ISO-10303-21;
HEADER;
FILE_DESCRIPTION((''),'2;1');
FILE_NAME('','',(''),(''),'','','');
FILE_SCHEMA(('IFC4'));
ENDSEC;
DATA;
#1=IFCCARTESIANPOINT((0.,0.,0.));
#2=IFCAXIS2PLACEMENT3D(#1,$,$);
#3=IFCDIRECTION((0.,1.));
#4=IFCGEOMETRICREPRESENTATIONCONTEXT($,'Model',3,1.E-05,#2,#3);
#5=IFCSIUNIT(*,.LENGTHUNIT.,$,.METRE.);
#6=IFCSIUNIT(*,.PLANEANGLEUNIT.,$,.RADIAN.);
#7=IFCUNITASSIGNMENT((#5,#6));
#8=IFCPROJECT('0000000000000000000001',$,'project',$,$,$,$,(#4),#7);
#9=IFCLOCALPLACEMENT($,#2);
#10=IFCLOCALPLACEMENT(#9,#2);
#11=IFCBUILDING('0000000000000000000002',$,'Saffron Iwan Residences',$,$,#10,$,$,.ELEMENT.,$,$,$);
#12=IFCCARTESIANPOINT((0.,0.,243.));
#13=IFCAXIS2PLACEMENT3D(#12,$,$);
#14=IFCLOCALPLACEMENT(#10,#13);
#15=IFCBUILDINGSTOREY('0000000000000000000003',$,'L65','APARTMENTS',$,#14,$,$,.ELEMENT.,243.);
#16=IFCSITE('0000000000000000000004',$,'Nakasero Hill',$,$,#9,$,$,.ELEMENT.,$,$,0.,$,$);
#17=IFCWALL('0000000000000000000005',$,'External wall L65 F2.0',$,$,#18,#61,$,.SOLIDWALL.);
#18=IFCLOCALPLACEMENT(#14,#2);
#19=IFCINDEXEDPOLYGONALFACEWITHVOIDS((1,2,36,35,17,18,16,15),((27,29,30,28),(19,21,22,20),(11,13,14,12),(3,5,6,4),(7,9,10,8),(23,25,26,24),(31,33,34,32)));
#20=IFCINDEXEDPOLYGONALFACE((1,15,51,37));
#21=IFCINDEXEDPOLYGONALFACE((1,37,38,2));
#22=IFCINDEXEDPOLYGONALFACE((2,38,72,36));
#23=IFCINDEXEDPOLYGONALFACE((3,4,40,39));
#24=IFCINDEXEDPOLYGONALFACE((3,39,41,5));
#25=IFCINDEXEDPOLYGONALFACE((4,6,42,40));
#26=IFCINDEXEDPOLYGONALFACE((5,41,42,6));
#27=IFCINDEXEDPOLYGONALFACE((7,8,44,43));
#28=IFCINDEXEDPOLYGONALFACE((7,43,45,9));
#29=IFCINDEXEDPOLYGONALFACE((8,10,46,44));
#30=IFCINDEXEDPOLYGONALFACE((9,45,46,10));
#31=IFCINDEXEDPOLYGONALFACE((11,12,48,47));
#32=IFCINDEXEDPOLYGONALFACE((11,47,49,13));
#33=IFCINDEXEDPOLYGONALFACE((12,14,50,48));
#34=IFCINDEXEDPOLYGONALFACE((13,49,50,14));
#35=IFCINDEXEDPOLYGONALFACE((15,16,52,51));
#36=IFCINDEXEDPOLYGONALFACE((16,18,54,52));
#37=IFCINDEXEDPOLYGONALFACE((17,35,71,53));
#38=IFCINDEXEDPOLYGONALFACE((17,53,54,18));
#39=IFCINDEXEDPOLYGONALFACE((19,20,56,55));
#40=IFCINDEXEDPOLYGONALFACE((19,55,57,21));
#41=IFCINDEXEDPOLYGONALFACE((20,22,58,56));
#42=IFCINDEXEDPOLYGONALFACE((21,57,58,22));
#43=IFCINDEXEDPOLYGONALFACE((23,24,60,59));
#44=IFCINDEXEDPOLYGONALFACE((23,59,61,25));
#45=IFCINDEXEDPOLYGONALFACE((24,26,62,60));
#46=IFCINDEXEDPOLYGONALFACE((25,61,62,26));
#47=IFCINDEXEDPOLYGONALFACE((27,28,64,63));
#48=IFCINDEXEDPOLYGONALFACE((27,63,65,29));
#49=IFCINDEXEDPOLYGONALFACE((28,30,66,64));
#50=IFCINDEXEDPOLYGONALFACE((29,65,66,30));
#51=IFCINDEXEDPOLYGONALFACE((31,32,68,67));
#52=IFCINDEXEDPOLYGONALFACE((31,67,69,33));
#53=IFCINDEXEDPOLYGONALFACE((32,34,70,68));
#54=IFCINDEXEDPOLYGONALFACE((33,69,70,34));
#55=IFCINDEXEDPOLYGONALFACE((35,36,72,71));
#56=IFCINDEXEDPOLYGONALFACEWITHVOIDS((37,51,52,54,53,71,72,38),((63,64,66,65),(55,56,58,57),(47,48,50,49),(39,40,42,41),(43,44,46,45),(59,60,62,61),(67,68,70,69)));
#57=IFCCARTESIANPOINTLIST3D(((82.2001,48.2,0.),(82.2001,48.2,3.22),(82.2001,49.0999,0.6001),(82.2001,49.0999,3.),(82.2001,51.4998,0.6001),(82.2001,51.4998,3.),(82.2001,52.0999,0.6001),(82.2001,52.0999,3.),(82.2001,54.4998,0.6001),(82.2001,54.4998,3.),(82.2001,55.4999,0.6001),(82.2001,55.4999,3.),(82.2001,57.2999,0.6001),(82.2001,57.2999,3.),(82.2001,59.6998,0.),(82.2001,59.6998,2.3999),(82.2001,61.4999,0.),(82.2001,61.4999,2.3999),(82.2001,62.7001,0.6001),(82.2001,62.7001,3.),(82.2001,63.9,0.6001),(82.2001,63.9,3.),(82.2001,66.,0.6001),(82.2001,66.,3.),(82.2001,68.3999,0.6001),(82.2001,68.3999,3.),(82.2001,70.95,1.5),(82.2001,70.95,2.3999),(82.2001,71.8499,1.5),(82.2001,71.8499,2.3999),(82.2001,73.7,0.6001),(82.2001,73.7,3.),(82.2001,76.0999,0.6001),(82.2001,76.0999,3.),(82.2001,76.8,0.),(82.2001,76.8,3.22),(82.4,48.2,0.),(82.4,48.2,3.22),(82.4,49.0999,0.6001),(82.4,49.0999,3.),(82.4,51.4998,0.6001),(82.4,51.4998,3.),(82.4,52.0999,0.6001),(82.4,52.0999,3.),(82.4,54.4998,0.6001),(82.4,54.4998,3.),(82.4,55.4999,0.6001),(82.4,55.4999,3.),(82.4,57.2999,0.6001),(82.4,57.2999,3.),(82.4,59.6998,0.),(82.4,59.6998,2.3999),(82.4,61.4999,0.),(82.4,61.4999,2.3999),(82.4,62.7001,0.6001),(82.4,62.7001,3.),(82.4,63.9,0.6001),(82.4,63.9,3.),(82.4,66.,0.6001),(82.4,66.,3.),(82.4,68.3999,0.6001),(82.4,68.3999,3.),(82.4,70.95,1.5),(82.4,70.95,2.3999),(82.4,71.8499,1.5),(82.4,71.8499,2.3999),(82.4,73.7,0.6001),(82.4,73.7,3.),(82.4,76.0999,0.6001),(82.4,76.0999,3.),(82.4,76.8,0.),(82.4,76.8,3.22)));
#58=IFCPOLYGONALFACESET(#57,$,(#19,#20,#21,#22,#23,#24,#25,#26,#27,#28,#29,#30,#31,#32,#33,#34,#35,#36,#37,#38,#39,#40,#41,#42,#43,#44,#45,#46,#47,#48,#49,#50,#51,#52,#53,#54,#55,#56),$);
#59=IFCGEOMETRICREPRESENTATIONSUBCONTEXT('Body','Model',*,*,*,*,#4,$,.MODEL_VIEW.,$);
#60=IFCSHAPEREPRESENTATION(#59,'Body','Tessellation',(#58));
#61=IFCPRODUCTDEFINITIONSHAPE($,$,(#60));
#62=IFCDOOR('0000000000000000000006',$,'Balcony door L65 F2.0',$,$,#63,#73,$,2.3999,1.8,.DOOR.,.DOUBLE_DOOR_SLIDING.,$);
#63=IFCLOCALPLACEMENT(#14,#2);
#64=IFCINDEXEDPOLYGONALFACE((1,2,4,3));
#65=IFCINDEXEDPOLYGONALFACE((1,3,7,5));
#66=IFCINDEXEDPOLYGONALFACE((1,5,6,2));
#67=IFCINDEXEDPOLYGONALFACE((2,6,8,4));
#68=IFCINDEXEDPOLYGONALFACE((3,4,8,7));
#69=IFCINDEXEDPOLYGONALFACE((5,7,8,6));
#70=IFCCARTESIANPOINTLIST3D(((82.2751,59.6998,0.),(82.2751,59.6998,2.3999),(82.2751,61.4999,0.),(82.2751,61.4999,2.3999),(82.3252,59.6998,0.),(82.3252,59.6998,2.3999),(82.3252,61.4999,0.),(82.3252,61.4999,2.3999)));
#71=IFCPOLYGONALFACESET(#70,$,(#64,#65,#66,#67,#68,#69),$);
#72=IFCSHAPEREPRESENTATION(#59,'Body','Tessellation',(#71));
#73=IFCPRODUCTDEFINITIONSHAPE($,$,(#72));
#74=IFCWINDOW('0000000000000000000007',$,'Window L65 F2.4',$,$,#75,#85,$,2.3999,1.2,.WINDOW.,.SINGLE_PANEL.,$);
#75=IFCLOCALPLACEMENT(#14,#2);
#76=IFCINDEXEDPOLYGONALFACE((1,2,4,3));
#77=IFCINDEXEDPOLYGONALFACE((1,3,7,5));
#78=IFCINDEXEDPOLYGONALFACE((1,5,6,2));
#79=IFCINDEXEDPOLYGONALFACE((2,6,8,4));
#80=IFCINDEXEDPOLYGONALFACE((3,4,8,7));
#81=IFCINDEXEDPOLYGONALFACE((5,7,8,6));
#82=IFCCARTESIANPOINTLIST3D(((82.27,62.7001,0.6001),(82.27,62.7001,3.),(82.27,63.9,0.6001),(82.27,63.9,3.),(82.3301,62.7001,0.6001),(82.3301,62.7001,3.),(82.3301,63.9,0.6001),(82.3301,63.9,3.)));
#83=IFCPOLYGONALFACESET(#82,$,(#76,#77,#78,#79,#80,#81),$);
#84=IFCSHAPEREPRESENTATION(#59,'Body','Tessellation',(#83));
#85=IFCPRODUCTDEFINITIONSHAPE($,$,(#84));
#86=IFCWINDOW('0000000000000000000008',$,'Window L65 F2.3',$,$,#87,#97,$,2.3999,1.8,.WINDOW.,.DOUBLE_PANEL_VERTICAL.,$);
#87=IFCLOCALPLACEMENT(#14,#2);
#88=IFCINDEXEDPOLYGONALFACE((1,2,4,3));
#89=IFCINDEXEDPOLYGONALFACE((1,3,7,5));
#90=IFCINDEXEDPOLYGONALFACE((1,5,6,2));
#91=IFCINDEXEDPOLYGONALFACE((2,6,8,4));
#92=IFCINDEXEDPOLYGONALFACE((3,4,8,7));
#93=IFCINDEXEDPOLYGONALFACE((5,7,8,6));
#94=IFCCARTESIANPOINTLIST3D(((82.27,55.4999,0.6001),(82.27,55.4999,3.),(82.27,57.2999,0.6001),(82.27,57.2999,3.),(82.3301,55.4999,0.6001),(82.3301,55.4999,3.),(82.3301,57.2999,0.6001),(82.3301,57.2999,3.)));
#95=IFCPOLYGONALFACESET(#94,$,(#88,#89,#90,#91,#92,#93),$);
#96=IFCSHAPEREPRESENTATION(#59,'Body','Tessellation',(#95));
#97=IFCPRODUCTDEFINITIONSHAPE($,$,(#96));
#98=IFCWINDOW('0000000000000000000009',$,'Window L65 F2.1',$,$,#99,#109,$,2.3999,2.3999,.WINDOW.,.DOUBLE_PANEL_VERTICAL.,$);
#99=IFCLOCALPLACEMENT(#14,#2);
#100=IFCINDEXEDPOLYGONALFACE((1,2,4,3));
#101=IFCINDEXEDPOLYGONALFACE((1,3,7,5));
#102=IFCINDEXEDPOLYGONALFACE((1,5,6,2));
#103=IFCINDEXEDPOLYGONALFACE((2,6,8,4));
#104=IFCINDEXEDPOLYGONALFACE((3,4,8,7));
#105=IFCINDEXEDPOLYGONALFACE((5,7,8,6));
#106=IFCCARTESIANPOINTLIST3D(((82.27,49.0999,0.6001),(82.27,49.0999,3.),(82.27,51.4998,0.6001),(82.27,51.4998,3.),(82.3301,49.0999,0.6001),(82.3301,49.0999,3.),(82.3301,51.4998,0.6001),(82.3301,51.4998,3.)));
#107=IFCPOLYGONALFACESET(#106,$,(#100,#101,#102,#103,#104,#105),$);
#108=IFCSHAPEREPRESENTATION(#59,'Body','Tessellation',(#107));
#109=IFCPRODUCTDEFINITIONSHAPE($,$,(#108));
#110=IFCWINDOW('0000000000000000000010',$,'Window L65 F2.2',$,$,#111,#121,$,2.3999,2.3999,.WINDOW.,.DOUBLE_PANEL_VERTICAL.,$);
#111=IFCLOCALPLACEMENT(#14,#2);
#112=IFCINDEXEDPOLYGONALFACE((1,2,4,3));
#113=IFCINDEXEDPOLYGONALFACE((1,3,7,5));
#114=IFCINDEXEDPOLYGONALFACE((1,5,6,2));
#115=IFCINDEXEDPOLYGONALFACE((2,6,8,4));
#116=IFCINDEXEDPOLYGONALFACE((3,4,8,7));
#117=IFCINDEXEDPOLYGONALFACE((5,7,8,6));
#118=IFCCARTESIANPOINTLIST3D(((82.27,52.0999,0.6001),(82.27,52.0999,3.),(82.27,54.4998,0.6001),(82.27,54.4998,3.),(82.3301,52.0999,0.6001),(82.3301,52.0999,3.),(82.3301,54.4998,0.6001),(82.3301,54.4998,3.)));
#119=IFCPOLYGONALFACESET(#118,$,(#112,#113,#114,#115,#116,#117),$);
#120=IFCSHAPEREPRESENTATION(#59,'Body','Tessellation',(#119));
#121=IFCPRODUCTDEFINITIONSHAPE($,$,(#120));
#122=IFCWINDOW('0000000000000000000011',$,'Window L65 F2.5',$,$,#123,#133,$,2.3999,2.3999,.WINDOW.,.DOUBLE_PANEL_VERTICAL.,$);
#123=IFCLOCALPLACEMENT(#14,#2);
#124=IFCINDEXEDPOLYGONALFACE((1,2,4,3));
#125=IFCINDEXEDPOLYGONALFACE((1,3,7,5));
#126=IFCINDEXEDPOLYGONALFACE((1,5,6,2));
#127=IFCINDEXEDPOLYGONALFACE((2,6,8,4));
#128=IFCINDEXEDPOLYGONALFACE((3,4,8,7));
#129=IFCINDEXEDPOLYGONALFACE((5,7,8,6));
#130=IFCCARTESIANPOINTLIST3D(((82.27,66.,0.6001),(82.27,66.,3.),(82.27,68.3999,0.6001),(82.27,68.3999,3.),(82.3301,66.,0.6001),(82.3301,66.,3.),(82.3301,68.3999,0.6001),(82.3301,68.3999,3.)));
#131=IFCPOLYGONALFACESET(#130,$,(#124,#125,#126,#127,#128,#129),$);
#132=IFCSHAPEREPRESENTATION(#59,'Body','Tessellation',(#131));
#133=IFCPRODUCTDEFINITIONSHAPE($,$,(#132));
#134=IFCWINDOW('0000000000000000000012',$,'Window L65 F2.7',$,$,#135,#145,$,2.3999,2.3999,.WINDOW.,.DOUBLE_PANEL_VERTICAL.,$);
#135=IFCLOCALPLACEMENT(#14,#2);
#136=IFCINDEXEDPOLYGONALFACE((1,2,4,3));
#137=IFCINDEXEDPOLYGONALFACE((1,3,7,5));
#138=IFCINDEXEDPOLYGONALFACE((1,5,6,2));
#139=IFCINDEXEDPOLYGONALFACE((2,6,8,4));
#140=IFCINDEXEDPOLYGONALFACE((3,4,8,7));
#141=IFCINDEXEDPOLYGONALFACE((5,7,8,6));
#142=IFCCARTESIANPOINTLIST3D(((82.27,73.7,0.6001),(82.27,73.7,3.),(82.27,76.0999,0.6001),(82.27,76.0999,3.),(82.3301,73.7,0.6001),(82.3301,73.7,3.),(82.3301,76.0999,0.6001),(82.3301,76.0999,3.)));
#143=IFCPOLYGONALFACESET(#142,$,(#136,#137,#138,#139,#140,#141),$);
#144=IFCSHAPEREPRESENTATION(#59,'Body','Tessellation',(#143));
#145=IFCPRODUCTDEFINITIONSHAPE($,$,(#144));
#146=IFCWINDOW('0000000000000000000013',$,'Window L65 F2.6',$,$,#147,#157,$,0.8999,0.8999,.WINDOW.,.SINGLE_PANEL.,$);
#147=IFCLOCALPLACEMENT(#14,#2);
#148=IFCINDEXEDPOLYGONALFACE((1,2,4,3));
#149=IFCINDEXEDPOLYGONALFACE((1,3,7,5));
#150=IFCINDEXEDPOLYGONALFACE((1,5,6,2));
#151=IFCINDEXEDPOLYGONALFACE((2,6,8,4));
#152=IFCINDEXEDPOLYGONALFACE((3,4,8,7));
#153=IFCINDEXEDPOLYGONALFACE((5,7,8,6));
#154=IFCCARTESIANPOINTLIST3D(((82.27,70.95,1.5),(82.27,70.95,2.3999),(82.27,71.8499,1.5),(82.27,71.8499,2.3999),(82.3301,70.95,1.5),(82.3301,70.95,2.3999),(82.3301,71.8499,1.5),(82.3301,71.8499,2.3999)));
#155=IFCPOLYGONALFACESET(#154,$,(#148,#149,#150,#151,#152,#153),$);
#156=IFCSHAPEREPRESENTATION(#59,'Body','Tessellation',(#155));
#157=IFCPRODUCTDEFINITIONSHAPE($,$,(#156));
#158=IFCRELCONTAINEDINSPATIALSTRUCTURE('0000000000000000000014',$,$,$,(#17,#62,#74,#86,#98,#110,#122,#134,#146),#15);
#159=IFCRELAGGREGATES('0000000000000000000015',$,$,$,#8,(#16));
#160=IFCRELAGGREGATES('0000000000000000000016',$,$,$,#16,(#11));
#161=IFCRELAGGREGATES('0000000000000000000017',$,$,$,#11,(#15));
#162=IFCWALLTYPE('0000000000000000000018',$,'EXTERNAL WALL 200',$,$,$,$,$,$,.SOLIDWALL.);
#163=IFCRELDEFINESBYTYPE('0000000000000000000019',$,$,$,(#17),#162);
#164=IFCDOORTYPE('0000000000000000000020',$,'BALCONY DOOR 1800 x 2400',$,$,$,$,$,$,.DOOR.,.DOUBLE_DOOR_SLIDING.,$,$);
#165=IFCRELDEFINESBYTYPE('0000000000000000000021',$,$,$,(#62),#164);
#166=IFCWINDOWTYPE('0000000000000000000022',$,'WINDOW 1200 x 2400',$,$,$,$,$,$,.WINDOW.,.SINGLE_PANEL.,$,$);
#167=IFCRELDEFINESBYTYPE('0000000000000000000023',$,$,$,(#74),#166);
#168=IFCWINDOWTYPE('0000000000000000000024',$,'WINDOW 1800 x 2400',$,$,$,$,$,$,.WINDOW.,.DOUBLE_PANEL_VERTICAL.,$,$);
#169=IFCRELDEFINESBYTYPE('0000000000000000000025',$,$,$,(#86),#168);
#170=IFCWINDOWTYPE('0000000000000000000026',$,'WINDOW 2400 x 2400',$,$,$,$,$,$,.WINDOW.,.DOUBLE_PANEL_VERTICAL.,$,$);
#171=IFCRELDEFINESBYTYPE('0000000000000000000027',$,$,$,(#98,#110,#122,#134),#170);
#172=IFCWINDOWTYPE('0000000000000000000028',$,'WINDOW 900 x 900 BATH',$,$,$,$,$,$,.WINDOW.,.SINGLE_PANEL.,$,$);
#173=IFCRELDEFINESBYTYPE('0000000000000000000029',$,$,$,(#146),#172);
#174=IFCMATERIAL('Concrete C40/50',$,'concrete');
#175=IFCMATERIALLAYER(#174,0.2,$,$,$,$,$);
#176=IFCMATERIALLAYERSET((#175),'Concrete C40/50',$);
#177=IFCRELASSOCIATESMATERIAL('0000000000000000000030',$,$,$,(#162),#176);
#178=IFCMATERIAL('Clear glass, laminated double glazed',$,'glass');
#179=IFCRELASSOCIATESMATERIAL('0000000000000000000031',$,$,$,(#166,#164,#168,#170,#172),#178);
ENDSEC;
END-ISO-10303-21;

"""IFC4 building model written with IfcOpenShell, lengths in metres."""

from ifc_helpers import new_model, si_unit, direction, frame, frame_2d, origin, place, context, subcontext, project, spatial, rectangle, extrude, material, layer, layer_set, type_object, element, fill, save


model = new_model("IFC4")

# Units and contexts
model_context = context("Model", 3, precision=1e-05, world=origin(), true_north=direction((0.0, 1.0)))
body_context = subcontext(model_context, "Body", "Model", "MODEL_VIEW")
ifc_project = project(units=[si_unit("LENGTHUNIT", "METRE"), si_unit("PLANEANGLEUNIT", "RADIAN")], contexts=[model_context])

# Site, building, storey
site_placement = place(None, origin())
site = spatial("IfcSite", under=ifc_project, at=site_placement, Name="Nakasero Hill", CompositionType="ELEMENT", RefElevation=0.0)
building_placement = place(site_placement, origin())
building = spatial("IfcBuilding", under=site, at=building_placement, Name="Saffron Iwan Residences", CompositionType="ELEMENT")
storey_placement = place(building_placement, frame((0.0, 0.0, 243.0)))
storey = spatial("IfcBuildingStorey", under=building, at=storey_placement, Name="L65", Description="APARTMENTS", CompositionType="ELEMENT", Elevation=243.0)

# Shared definitions
ifc_material_1 = material(Name="Concrete C40/50", Category="concrete")

# Shared definitions
ifc_layer_1 = layer(ifc_material_1, 0.2)
ifc_layer_set_1 = layer_set([ifc_layer_1], Name="Concrete C40/50")
wall_type_1 = type_object("IfcWallType", Name="EXTERNAL WALL 200", PredefinedType="SOLIDWALL", material=ifc_layer_set_1)
ifc_material_2 = material(Name="Clear glass, laminated double glazed", Category="glass")
window_type_1 = type_object("IfcWindowType", Name="WINDOW 1200 x 2400", PartitioningType="SINGLE_PANEL", PredefinedType="WINDOW", material=ifc_material_2)

# Wall, openings, door, windows
wall_1_placement = place(storey_placement, frame((82.3, 48.2, 0.0), z_axis=(0.0, 0.0, 1.0), x_axis=(0.0, 1.0, 0.0)))
wall_1 = element("IfcWall", 1, at=wall_1_placement, inside=storey, type_object=wall_type_1, Name="External wall L65 F2.0", PredefinedType="SOLIDWALL", context=body_context, shape_type="SweptSolid", body=[
    extrude(rectangle(XDim=28.6001, YDim=0.2, at=frame_2d((14.3, 0.0))), origin(), (0.0, 0.0, 1.0), 3.22),
])
opening_1_placement = place(wall_1_placement, frame((11.5, 0.0, 0.0)))
opening_1 = element("IfcOpeningElement", 2, at=opening_1_placement, cuts=wall_1, PredefinedType="OPENING", context=body_context, shape_type="SweptSolid", body=[
    extrude(rectangle(XDim=1.8, YDim=2.3999, at=frame_2d((0.8999, 1.2))), frame((0.0, 0.1099, 0.0), z_axis=(0.0, -1.0, 0.0), x_axis=(1.0, 0.0, 0.0)), (0.0, 0.0, 1.0), 0.22),
])
opening_2_placement = place(wall_1_placement, frame((0.8999, 0.0, 0.6001)))
opening_2 = element("IfcOpeningElement", 3, at=opening_2_placement, cuts=wall_1, PredefinedType="OPENING", context=body_context, shape_type="SweptSolid", body=[
    extrude(rectangle(XDim=2.3999, YDim=2.3999, at=frame_2d((1.2, 1.2))), frame((0.0, 0.1099, 0.0), z_axis=(0.0, -1.0, 0.0), x_axis=(1.0, 0.0, 0.0)), (0.0, 0.0, 1.0), 0.22),
])
opening_3_placement = place(wall_1_placement, frame((3.8999, 0.0, 0.6001)))
opening_3 = element("IfcOpeningElement", 4, at=opening_3_placement, cuts=wall_1, PredefinedType="OPENING", context=body_context, shape_type="SweptSolid", body=[
    extrude(rectangle(XDim=2.3999, YDim=2.3999, at=frame_2d((1.2, 1.2))), frame((0.0, 0.1099, 0.0), z_axis=(0.0, -1.0, 0.0), x_axis=(1.0, 0.0, 0.0)), (0.0, 0.0, 1.0), 0.22),
])
opening_4_placement = place(wall_1_placement, frame((7.3, 0.0, 0.6001)))
opening_4 = element("IfcOpeningElement", 5, at=opening_4_placement, cuts=wall_1, PredefinedType="OPENING", context=body_context, shape_type="SweptSolid", body=[
    extrude(rectangle(XDim=1.8, YDim=2.3999, at=frame_2d((0.8999, 1.2))), frame((0.0, 0.1099, 0.0), z_axis=(0.0, -1.0, 0.0), x_axis=(1.0, 0.0, 0.0)), (0.0, 0.0, 1.0), 0.22),
])
opening_5_placement = place(wall_1_placement, frame((14.5, 0.0, 0.6001)))
opening_5 = element("IfcOpeningElement", 6, at=opening_5_placement, cuts=wall_1, PredefinedType="OPENING", context=body_context, shape_type="SweptSolid", body=[
    extrude(rectangle(XDim=1.2, YDim=2.3999, at=frame_2d((0.6001, 1.2))), frame((0.0, 0.1099, 0.0), z_axis=(0.0, -1.0, 0.0), x_axis=(1.0, 0.0, 0.0)), (0.0, 0.0, 1.0), 0.22),
])
opening_6_placement = place(wall_1_placement, frame((17.8, 0.0, 0.6001)))
opening_6 = element("IfcOpeningElement", 7, at=opening_6_placement, cuts=wall_1, PredefinedType="OPENING", context=body_context, shape_type="SweptSolid", body=[
    extrude(rectangle(XDim=2.3999, YDim=2.3999, at=frame_2d((1.2, 1.2))), frame((0.0, 0.1099, 0.0), z_axis=(0.0, -1.0, 0.0), x_axis=(1.0, 0.0, 0.0)), (0.0, 0.0, 1.0), 0.22),
])
opening_7_placement = place(wall_1_placement, frame((22.75, 0.0, 1.5)))
opening_7 = element("IfcOpeningElement", 8, at=opening_7_placement, cuts=wall_1, PredefinedType="OPENING", context=body_context, shape_type="SweptSolid", body=[
    extrude(rectangle(XDim=0.8999, YDim=0.8999, at=frame_2d((0.45, 0.45))), frame((0.0, 0.1099, 0.0), z_axis=(0.0, -1.0, 0.0), x_axis=(1.0, 0.0, 0.0)), (0.0, 0.0, 1.0), 0.22),
])
opening_8_placement = place(wall_1_placement, frame((25.5, 0.0, 0.6001)))
opening_8 = element("IfcOpeningElement", 9, at=opening_8_placement, cuts=wall_1, PredefinedType="OPENING", context=body_context, shape_type="SweptSolid", body=[
    extrude(rectangle(XDim=2.3999, YDim=2.3999, at=frame_2d((1.2, 1.2))), frame((0.0, 0.1099, 0.0), z_axis=(0.0, -1.0, 0.0), x_axis=(1.0, 0.0, 0.0)), (0.0, 0.0, 1.0), 0.22),
])
door_type_1 = type_object("IfcDoorType", Name="BALCONY DOOR 1800 x 2400", OperationType="DOUBLE_DOOR_SLIDING", PredefinedType="DOOR", material=ifc_material_2)
door_1_placement = place(opening_1_placement, origin())
door_1 = element("IfcDoor", 10, at=door_1_placement, inside=storey, type_object=door_type_1, Name="Balcony door L65 F2.0", OperationType="DOUBLE_DOOR_SLIDING", OverallHeight=2.3999, OverallWidth=1.8, PredefinedType="DOOR", context=body_context, shape_type="SweptSolid", body=[
    extrude(rectangle(XDim=1.8, YDim=2.3999, at=frame_2d((0.8999, 1.2))), frame((0.0, 0.0249, 0.0), z_axis=(0.0, -1.0, 0.0), x_axis=(1.0, 0.0, 0.0)), (0.0, 0.0, 1.0), 0.05),
])
fill(opening_1, door_1)
window_1_placement = place(opening_5_placement, origin())
window_1 = element("IfcWindow", 11, at=window_1_placement, inside=storey, type_object=window_type_1, Name="Window L65 F2.4", OverallHeight=2.3999, OverallWidth=1.2, PartitioningType="SINGLE_PANEL", PredefinedType="WINDOW", context=body_context, shape_type="SweptSolid", body=[
    extrude(rectangle(XDim=1.2, YDim=2.3999, at=frame_2d((0.6001, 1.2))), frame((0.0, 0.03, 0.0), z_axis=(0.0, -1.0, 0.0), x_axis=(1.0, 0.0, 0.0)), (0.0, 0.0, 1.0), 0.0601),
])
fill(opening_5, window_1)
window_type_2 = type_object("IfcWindowType", Name="WINDOW 1800 x 2400", PartitioningType="DOUBLE_PANEL_VERTICAL", PredefinedType="WINDOW", material=ifc_material_2)
window_2_placement = place(opening_4_placement, origin())
window_2 = element("IfcWindow", 12, at=window_2_placement, inside=storey, type_object=window_type_2, Name="Window L65 F2.3", OverallHeight=2.3999, OverallWidth=1.8, PartitioningType="DOUBLE_PANEL_VERTICAL", PredefinedType="WINDOW", context=body_context, shape_type="SweptSolid", body=[
    extrude(rectangle(XDim=1.8, YDim=2.3999, at=frame_2d((0.8999, 1.2))), frame((0.0, 0.03, 0.0), z_axis=(0.0, -1.0, 0.0), x_axis=(1.0, 0.0, 0.0)), (0.0, 0.0, 1.0), 0.0601),
])
fill(opening_4, window_2)
window_type_3 = type_object("IfcWindowType", Name="WINDOW 2400 x 2400", PartitioningType="DOUBLE_PANEL_VERTICAL", PredefinedType="WINDOW", material=ifc_material_2)
window_3_placement = place(opening_2_placement, origin())
window_3 = element("IfcWindow", 13, at=window_3_placement, inside=storey, type_object=window_type_3, Name="Window L65 F2.1", OverallHeight=2.3999, OverallWidth=2.3999, PartitioningType="DOUBLE_PANEL_VERTICAL", PredefinedType="WINDOW", context=body_context, shape_type="SweptSolid", body=[
    extrude(rectangle(XDim=2.3999, YDim=2.3999, at=frame_2d((1.2, 1.2))), frame((0.0, 0.03, 0.0), z_axis=(0.0, -1.0, 0.0), x_axis=(1.0, 0.0, 0.0)), (0.0, 0.0, 1.0), 0.0601),
])
fill(opening_2, window_3)
window_4_placement = place(opening_3_placement, origin())
window_4 = element("IfcWindow", 14, at=window_4_placement, inside=storey, type_object=window_type_3, Name="Window L65 F2.2", OverallHeight=2.3999, OverallWidth=2.3999, PartitioningType="DOUBLE_PANEL_VERTICAL", PredefinedType="WINDOW", context=body_context, shape_type="SweptSolid", body=[
    extrude(rectangle(XDim=2.3999, YDim=2.3999, at=frame_2d((1.2, 1.2))), frame((0.0, 0.03, 0.0), z_axis=(0.0, -1.0, 0.0), x_axis=(1.0, 0.0, 0.0)), (0.0, 0.0, 1.0), 0.0601),
])
fill(opening_3, window_4)
window_5_placement = place(opening_6_placement, origin())
window_5 = element("IfcWindow", 15, at=window_5_placement, inside=storey, type_object=window_type_3, Name="Window L65 F2.5", OverallHeight=2.3999, OverallWidth=2.3999, PartitioningType="DOUBLE_PANEL_VERTICAL", PredefinedType="WINDOW", context=body_context, shape_type="SweptSolid", body=[
    extrude(rectangle(XDim=2.3999, YDim=2.3999, at=frame_2d((1.2, 1.2))), frame((0.0, 0.03, 0.0), z_axis=(0.0, -1.0, 0.0), x_axis=(1.0, 0.0, 0.0)), (0.0, 0.0, 1.0), 0.0601),
])
fill(opening_6, window_5)
window_6_placement = place(opening_8_placement, origin())
window_6 = element("IfcWindow", 16, at=window_6_placement, inside=storey, type_object=window_type_3, Name="Window L65 F2.7", OverallHeight=2.3999, OverallWidth=2.3999, PartitioningType="DOUBLE_PANEL_VERTICAL", PredefinedType="WINDOW", context=body_context, shape_type="SweptSolid", body=[
    extrude(rectangle(XDim=2.3999, YDim=2.3999, at=frame_2d((1.2, 1.2))), frame((0.0, 0.03, 0.0), z_axis=(0.0, -1.0, 0.0), x_axis=(1.0, 0.0, 0.0)), (0.0, 0.0, 1.0), 0.0601),
])
fill(opening_8, window_6)
window_type_4 = type_object("IfcWindowType", Name="WINDOW 900 x 900 BATH", PartitioningType="SINGLE_PANEL", PredefinedType="WINDOW", material=ifc_material_2)
window_7_placement = place(opening_7_placement, origin())
window_7 = element("IfcWindow", 17, at=window_7_placement, inside=storey, type_object=window_type_4, Name="Window L65 F2.6", OverallHeight=0.8999, OverallWidth=0.8999, PartitioningType="SINGLE_PANEL", PredefinedType="WINDOW", context=body_context, shape_type="SweptSolid", body=[
    extrude(rectangle(XDim=0.8999, YDim=0.8999, at=frame_2d((0.45, 0.45))), frame((0.0, 0.03, 0.0), z_axis=(0.0, -1.0, 0.0), x_axis=(1.0, 0.0, 0.0)), (0.0, 0.0, 1.0), 0.0601),
])
fill(opening_7, window_7)

save(model, "model.ifc")
